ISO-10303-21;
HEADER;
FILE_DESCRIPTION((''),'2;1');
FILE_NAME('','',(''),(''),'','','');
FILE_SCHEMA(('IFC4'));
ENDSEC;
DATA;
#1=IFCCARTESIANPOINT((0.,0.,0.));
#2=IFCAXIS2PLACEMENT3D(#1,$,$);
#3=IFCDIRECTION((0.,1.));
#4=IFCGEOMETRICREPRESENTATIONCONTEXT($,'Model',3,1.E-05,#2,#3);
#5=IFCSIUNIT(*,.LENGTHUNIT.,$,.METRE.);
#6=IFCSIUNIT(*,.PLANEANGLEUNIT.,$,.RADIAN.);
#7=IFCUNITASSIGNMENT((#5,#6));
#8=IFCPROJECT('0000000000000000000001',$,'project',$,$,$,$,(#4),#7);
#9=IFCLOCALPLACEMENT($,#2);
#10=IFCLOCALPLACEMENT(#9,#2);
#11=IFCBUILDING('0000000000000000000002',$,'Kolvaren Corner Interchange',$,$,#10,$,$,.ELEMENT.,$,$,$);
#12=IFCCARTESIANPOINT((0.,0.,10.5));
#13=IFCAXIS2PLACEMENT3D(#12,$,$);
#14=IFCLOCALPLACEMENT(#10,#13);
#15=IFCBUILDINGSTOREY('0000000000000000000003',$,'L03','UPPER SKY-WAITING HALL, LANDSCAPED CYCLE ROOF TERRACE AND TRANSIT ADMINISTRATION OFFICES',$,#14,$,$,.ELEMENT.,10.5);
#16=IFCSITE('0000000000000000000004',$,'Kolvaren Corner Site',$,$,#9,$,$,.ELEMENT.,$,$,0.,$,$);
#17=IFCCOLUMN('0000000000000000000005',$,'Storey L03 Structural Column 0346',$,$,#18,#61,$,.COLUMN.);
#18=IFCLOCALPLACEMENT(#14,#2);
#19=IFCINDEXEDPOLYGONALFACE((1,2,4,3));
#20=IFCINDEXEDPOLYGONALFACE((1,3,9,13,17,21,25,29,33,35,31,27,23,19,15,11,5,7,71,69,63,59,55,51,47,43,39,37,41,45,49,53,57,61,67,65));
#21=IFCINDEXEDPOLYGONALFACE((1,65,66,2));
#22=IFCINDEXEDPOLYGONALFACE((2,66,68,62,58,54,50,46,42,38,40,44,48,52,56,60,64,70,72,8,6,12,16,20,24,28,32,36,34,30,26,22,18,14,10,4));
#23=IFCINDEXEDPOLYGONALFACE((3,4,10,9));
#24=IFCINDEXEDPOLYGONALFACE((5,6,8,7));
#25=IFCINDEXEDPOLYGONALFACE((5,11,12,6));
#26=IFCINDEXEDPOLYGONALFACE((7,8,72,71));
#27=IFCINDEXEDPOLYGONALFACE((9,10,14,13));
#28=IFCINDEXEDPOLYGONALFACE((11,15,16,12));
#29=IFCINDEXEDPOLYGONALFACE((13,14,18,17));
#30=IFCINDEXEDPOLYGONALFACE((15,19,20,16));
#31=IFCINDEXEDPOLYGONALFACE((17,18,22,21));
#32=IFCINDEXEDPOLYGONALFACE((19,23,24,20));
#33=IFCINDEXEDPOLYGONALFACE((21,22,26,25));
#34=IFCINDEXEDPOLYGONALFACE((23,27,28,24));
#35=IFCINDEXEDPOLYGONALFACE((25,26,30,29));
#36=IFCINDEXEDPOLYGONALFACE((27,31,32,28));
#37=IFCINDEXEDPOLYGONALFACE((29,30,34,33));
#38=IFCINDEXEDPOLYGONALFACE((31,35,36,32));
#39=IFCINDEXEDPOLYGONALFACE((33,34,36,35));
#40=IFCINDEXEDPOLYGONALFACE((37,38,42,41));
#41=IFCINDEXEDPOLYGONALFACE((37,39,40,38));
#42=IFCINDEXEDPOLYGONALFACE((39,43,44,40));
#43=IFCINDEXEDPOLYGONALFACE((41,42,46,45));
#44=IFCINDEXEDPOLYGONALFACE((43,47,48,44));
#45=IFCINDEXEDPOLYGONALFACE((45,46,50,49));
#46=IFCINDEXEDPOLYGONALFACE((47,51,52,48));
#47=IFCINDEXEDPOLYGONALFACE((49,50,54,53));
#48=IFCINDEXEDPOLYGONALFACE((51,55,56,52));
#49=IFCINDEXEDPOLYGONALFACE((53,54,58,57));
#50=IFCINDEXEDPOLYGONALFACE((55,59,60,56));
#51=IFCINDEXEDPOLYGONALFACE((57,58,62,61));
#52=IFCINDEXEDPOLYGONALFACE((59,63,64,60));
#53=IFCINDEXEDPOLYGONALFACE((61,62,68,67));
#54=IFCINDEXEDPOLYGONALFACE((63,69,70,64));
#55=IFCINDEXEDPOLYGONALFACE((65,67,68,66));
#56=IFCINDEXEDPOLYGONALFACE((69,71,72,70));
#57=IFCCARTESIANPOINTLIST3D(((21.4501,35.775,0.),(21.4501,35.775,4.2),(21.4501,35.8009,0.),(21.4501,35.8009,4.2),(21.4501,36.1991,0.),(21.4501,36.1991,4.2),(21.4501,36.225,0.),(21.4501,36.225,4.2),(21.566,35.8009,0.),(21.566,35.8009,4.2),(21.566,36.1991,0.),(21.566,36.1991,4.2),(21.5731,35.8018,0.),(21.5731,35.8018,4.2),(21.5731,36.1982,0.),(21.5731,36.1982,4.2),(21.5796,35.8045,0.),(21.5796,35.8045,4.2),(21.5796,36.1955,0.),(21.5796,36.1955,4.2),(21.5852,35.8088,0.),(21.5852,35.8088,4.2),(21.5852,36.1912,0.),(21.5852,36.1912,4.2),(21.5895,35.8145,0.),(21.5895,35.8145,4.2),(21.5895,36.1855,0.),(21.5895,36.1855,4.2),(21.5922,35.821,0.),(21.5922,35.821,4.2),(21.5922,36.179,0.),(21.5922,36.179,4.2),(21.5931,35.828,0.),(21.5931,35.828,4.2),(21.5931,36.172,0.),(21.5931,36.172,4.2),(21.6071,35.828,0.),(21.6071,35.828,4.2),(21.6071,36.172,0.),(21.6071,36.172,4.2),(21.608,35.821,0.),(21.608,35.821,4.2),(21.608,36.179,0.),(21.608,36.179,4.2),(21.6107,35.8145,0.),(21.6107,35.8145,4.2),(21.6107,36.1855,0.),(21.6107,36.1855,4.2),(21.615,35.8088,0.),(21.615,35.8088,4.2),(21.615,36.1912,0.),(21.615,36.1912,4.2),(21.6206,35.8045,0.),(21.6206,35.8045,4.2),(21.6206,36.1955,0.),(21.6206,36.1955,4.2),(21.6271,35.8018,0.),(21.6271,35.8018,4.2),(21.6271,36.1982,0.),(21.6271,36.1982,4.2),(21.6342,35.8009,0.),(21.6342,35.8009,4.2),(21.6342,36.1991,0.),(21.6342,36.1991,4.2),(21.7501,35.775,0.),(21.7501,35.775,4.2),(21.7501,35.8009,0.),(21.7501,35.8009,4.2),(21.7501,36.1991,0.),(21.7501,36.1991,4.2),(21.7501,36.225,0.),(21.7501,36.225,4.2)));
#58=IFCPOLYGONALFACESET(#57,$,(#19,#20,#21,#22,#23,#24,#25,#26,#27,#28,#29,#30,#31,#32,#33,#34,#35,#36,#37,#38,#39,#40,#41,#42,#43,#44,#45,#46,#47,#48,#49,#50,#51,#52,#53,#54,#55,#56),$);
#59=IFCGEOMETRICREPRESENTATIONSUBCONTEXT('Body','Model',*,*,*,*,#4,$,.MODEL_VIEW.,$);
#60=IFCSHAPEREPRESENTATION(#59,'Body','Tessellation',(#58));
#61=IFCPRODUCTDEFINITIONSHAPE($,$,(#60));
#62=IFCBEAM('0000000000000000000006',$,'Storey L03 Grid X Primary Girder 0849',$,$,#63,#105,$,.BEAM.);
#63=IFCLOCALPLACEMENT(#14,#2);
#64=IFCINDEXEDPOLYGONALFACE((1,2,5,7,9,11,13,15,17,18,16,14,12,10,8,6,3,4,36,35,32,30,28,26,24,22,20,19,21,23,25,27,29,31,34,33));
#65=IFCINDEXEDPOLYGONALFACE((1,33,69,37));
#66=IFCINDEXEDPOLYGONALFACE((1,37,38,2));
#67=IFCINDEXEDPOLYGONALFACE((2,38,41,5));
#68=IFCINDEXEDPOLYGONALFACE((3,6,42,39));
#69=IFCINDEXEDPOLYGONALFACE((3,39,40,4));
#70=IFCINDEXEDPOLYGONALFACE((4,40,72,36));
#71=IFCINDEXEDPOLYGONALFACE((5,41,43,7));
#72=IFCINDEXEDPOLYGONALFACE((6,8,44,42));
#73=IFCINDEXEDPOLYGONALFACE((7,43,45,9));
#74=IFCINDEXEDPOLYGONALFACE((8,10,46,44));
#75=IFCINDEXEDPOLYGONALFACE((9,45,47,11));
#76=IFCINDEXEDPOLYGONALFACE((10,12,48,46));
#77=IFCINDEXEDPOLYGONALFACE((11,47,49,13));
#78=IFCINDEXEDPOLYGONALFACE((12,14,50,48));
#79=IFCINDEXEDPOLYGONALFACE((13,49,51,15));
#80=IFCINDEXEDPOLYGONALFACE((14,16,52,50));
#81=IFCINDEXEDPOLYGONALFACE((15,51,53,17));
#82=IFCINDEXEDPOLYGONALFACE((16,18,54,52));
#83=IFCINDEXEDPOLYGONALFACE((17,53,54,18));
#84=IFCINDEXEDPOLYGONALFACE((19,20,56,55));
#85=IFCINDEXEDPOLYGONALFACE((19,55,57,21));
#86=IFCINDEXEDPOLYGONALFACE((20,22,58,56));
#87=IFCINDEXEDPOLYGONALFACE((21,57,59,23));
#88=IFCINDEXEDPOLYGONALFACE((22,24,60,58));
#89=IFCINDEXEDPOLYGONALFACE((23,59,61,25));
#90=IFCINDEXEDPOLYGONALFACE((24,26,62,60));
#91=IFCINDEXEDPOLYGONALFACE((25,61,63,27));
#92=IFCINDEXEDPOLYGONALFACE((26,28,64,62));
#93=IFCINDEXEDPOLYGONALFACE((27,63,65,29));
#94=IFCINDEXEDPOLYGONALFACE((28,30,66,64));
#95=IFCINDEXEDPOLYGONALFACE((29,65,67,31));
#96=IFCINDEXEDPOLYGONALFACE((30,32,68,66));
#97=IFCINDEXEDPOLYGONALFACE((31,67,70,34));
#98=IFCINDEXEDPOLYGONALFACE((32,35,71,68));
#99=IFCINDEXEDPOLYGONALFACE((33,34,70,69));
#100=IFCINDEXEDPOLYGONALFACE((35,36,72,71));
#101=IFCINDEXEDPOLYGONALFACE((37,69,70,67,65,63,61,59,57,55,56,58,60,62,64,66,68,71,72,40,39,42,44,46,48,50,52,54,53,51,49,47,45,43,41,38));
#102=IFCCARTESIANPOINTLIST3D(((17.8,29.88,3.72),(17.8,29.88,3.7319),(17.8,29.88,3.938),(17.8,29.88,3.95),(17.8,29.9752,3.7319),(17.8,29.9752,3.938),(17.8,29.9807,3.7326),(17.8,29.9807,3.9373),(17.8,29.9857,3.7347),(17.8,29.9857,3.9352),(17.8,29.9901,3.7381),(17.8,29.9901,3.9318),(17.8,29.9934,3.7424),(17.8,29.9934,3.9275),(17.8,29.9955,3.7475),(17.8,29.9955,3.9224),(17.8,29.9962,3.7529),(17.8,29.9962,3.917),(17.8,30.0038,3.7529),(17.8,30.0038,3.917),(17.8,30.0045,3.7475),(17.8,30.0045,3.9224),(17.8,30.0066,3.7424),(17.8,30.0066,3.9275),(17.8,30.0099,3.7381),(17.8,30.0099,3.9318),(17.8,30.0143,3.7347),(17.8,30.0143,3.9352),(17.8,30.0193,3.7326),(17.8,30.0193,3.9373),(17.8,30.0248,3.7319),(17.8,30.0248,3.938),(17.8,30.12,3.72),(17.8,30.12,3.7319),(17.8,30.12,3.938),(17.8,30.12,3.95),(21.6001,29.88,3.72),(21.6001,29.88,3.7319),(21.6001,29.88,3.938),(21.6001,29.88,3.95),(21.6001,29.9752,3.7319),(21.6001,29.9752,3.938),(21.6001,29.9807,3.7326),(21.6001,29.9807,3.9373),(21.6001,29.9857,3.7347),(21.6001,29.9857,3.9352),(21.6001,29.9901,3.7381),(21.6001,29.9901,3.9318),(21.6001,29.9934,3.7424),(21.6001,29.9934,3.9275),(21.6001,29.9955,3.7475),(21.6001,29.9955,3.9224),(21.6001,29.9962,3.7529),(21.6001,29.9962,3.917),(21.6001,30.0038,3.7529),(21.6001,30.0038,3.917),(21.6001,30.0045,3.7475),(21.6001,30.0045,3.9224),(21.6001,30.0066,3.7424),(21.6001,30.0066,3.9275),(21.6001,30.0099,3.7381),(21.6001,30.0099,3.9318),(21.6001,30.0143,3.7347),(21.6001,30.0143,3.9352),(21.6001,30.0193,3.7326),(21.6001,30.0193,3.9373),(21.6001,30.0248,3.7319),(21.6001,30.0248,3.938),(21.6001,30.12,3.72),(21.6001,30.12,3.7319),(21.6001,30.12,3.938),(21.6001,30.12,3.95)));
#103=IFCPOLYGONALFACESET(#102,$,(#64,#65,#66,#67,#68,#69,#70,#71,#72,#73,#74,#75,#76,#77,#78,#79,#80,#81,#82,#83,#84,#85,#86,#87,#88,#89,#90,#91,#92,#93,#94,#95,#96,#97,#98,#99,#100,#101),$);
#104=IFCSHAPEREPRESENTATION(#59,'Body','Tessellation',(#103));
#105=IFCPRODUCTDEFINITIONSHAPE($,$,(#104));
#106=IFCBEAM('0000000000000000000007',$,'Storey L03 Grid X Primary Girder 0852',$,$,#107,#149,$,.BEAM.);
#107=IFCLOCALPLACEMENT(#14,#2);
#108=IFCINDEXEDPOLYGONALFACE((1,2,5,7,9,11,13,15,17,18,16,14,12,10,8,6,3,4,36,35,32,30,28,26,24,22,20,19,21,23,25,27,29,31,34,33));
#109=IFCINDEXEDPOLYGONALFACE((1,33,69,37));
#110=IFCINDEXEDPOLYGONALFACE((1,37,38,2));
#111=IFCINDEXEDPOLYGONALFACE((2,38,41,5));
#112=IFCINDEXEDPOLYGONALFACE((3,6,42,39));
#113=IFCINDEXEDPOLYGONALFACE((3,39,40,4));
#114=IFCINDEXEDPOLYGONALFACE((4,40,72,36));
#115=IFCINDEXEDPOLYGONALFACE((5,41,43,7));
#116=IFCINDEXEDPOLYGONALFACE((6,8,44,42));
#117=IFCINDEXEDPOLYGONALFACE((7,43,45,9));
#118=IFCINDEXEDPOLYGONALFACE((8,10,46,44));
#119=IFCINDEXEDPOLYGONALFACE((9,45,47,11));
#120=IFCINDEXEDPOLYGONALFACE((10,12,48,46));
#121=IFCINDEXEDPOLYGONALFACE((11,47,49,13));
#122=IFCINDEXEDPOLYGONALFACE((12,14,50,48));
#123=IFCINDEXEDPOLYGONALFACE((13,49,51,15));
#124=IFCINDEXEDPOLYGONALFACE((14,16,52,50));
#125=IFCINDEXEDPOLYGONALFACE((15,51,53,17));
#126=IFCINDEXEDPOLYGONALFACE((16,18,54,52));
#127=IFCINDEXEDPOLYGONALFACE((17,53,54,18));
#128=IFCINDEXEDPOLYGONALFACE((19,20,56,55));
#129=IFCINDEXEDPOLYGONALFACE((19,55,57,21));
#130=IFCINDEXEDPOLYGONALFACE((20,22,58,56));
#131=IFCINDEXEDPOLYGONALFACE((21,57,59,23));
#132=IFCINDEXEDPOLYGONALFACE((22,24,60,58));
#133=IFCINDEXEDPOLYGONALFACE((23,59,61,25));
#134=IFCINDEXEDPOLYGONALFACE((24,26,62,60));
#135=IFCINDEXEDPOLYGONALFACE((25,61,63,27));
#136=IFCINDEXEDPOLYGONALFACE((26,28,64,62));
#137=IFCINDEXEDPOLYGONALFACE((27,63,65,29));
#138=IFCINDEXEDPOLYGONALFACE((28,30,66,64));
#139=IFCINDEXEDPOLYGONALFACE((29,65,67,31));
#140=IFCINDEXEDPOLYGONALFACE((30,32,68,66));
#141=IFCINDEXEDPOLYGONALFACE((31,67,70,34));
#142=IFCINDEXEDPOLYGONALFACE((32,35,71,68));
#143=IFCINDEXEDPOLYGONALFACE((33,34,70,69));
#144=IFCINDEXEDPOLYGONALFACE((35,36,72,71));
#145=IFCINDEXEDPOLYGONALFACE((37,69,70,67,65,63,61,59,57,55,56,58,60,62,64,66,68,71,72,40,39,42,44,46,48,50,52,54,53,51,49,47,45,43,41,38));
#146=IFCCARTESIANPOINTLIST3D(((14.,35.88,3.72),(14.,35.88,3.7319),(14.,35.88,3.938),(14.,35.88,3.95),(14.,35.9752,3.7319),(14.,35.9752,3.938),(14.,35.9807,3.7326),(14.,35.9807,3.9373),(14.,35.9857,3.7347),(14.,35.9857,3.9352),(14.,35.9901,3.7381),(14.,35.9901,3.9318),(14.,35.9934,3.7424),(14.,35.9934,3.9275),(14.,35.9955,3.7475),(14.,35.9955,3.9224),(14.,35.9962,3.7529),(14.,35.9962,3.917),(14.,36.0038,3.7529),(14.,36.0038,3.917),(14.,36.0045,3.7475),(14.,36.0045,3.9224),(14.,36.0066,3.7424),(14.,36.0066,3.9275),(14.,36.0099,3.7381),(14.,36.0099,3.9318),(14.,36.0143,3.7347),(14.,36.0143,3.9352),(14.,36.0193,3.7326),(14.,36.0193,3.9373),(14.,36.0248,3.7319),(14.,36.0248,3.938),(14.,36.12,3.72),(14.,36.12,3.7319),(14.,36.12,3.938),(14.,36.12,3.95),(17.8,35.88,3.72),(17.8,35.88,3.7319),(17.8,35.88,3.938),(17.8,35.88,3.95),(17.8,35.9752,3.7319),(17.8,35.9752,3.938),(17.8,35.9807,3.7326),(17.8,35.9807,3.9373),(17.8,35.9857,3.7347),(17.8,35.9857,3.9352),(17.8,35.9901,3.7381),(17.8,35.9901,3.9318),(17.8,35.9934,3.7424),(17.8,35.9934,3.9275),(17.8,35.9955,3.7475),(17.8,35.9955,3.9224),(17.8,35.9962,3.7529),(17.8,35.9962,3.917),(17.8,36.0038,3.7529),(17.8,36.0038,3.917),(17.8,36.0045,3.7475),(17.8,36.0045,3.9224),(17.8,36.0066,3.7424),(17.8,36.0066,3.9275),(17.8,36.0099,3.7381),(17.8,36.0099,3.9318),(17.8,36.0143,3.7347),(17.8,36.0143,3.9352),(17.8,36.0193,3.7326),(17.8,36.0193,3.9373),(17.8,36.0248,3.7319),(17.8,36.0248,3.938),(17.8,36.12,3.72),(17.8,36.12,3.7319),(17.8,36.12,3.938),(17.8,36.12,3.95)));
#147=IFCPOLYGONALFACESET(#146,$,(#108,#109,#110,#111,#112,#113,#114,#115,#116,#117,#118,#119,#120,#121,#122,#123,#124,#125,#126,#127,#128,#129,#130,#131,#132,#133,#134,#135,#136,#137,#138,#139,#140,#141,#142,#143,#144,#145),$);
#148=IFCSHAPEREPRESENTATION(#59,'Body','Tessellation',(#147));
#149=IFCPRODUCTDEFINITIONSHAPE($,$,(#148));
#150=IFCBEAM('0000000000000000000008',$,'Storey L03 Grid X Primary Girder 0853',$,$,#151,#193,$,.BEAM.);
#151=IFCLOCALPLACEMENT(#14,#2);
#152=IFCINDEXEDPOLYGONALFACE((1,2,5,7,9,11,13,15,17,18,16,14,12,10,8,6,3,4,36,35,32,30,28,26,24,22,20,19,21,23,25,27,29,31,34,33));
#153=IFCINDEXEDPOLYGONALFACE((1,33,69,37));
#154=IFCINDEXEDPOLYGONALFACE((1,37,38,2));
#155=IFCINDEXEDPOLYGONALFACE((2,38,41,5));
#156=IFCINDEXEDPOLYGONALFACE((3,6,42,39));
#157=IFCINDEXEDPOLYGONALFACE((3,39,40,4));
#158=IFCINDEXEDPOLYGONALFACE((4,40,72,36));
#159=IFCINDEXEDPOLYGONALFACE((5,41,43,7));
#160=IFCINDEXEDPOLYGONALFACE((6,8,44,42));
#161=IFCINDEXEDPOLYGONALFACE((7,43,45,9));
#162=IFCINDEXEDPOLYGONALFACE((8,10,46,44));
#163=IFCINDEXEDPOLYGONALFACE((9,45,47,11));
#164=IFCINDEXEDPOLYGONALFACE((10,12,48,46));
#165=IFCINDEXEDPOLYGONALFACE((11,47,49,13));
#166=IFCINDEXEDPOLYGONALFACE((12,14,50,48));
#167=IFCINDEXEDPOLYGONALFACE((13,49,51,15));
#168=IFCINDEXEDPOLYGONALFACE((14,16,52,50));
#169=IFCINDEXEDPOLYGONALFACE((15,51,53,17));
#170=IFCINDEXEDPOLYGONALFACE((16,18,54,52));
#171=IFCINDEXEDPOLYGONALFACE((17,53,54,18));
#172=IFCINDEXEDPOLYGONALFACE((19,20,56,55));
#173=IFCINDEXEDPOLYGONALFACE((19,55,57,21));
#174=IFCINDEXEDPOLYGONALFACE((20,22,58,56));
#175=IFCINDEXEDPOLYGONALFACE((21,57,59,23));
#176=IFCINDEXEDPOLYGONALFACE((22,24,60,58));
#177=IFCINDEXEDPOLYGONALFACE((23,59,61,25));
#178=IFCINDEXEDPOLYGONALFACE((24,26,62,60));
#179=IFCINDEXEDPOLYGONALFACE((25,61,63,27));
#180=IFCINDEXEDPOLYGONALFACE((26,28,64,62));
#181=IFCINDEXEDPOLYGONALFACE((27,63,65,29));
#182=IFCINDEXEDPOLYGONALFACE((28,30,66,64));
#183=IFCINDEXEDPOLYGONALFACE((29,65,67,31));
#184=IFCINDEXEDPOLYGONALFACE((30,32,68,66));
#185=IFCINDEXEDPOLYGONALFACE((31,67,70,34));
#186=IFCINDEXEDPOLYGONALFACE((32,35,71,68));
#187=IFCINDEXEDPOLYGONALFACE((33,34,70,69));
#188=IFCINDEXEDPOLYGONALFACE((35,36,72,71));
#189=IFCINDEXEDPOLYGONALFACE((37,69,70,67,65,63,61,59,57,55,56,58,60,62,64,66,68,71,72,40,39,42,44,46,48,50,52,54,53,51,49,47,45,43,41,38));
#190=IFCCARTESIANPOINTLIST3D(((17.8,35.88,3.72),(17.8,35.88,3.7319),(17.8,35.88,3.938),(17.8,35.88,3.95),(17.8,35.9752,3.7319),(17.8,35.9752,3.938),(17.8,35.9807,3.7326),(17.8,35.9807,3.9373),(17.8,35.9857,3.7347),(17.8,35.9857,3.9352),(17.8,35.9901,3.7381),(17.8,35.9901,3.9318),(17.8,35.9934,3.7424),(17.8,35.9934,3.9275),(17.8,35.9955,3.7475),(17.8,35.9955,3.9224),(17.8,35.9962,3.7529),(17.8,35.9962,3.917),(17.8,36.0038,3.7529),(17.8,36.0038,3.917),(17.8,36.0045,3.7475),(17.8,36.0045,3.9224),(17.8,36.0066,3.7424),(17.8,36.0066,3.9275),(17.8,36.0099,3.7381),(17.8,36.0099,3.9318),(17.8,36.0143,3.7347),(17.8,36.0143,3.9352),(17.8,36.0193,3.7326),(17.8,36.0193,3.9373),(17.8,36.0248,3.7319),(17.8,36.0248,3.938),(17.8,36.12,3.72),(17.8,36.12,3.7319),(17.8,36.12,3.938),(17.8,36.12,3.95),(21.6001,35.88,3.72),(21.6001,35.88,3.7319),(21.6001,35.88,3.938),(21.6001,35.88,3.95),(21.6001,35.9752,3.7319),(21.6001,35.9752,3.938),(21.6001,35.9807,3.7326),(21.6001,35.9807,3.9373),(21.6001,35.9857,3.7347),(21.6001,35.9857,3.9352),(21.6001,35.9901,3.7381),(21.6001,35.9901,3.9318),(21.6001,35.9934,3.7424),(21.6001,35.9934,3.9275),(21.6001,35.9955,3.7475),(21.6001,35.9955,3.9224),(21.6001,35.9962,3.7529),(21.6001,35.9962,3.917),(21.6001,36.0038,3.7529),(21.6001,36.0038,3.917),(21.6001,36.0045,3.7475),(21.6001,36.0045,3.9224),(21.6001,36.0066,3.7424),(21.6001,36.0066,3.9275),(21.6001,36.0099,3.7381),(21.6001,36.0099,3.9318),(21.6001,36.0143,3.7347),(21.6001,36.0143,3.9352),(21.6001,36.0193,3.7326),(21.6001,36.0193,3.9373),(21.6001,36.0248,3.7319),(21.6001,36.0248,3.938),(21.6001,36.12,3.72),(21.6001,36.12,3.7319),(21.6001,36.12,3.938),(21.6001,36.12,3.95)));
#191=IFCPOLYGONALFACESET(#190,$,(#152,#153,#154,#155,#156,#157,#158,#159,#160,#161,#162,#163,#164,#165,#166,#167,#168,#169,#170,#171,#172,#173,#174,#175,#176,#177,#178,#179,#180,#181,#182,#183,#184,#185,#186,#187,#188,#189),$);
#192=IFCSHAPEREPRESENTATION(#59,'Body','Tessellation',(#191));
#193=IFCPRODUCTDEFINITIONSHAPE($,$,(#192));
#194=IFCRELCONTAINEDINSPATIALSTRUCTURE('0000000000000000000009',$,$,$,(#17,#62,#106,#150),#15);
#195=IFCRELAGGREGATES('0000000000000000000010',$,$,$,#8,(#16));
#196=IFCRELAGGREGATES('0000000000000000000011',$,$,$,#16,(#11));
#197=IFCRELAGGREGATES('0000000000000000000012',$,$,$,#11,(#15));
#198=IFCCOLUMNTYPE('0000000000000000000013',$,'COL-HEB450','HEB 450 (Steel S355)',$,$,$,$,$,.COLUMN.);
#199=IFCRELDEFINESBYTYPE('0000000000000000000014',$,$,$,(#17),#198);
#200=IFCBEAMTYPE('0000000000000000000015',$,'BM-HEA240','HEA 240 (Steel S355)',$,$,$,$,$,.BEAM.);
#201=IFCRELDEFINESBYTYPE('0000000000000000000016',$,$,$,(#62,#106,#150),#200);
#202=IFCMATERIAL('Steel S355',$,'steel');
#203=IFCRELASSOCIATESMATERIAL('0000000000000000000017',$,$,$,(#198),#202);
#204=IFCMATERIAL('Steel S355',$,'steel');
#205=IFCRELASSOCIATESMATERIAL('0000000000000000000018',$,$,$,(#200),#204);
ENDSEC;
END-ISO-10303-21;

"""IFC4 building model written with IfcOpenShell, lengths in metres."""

from ifc_helpers import new_model, si_unit, direction, frame, origin, origin_2d, place, context, subcontext, project, spatial, i_section, extrude, material, material_profile, profile_set, type_object, element, save


model = new_model("IFC4")

# Units and contexts
model_context = context("Model", 3, precision=1e-05, world=origin(), true_north=direction((0.0, 1.0)))
body_context = subcontext(model_context, "Body", "Model", "MODEL_VIEW")
ifc_project = project(units=[si_unit("LENGTHUNIT", "METRE"), si_unit("PLANEANGLEUNIT", "RADIAN")], contexts=[model_context])

# Site, building, storey
site_placement = place(None, origin())
site = spatial("IfcSite", under=ifc_project, at=site_placement, Name="Kolvaren Corner Site", CompositionType="ELEMENT", RefElevation=0.0)
building_placement = place(site_placement, origin())
building = spatial("IfcBuilding", under=site, at=building_placement, Name="Kolvaren Corner Interchange", CompositionType="ELEMENT")
storey_placement = place(building_placement, frame((0.0, 0.0, 10.5)))
storey = spatial("IfcBuildingStorey", under=building, at=storey_placement, Name="L03", Description="UPPER SKY-WAITING HALL, LANDSCAPED CYCLE ROOF TERRACE AND TRANSIT ADMINISTRATION OFFICES", CompositionType="ELEMENT", Elevation=10.5)

# Column
ifc_material_1 = material(Name="Steel S355", Category="steel")
ifc_material_profile_1 = material_profile(ifc_material_1, i_section(OverallWidth=0.3, OverallDepth=0.45, WebThickness=0.0139, FlangeThickness=0.0259, FilletRadius=0.0271, at=origin_2d()), Name="HEB 450")
ifc_profile_set_1 = profile_set([ifc_material_profile_1], Name="Steel S355")
column_type_1 = type_object("IfcColumnType", Name="COL-HEB450", Description="HEB 450 (Steel S355)", PredefinedType="COLUMN", material=ifc_profile_set_1)
for number, where, z_axis, x_axis, name in (
    (1, (21.6001, 36.0, 0.0), (0.0, 0.0, 1.0), (1.0, 0.0, 0.0), "Storey L03 Structural Column 0346"),
):
    element("IfcColumn", number, at=place(storey_placement, frame(where, z_axis=z_axis, x_axis=x_axis)), inside=storey, type_object=column_type_1, Name=name, PredefinedType="COLUMN", context=body_context, shape_type="SweptSolid", body=[
        extrude(i_section(OverallWidth=0.3, OverallDepth=0.45, WebThickness=0.0139, FlangeThickness=0.0259, FilletRadius=0.0271, at=origin_2d()), origin(), (0.0, 0.0, 1.0), 4.2),
    ])

# Beams
ifc_material_2 = material(Name="Steel S355", Category="steel")
ifc_material_profile_2 = material_profile(ifc_material_2, i_section(OverallWidth=0.24, OverallDepth=0.23, WebThickness=0.0076, FlangeThickness=0.012, FilletRadius=0.021, at=origin_2d()), Name="HEA 240")
ifc_profile_set_2 = profile_set([ifc_material_profile_2], Name="Steel S355")
beam_type_1 = type_object("IfcBeamType", Name="BM-HEA240", Description="HEA 240 (Steel S355)", PredefinedType="BEAM", material=ifc_profile_set_2)
for number, where, z_axis, x_axis, name in (
    (2, (17.8, 30.0, 3.835), (1.0, 0.0, 0.0), (0.0, 1.0, 0.0), "Storey L03 Grid X Primary Girder 0849"),
    (3, (14.0, 36.0, 3.835), (1.0, 0.0, 0.0), (0.0, 1.0, 0.0), "Storey L03 Grid X Primary Girder 0852"),
    (4, (17.8, 36.0, 3.835), (1.0, 0.0, 0.0), (0.0, 1.0, 0.0), "Storey L03 Grid X Primary Girder 0853"),
):
    element("IfcBeam", number, at=place(storey_placement, frame(where, z_axis=z_axis, x_axis=x_axis)), inside=storey, type_object=beam_type_1, Name=name, PredefinedType="BEAM", context=body_context, shape_type="SweptSolid", body=[
        extrude(i_section(OverallWidth=0.24, OverallDepth=0.23, WebThickness=0.0076, FlangeThickness=0.012, FilletRadius=0.021, at=origin_2d()), origin(), (0.0, 0.0, 1.0), 3.8),
    ])

save(model, "model.ifc")
